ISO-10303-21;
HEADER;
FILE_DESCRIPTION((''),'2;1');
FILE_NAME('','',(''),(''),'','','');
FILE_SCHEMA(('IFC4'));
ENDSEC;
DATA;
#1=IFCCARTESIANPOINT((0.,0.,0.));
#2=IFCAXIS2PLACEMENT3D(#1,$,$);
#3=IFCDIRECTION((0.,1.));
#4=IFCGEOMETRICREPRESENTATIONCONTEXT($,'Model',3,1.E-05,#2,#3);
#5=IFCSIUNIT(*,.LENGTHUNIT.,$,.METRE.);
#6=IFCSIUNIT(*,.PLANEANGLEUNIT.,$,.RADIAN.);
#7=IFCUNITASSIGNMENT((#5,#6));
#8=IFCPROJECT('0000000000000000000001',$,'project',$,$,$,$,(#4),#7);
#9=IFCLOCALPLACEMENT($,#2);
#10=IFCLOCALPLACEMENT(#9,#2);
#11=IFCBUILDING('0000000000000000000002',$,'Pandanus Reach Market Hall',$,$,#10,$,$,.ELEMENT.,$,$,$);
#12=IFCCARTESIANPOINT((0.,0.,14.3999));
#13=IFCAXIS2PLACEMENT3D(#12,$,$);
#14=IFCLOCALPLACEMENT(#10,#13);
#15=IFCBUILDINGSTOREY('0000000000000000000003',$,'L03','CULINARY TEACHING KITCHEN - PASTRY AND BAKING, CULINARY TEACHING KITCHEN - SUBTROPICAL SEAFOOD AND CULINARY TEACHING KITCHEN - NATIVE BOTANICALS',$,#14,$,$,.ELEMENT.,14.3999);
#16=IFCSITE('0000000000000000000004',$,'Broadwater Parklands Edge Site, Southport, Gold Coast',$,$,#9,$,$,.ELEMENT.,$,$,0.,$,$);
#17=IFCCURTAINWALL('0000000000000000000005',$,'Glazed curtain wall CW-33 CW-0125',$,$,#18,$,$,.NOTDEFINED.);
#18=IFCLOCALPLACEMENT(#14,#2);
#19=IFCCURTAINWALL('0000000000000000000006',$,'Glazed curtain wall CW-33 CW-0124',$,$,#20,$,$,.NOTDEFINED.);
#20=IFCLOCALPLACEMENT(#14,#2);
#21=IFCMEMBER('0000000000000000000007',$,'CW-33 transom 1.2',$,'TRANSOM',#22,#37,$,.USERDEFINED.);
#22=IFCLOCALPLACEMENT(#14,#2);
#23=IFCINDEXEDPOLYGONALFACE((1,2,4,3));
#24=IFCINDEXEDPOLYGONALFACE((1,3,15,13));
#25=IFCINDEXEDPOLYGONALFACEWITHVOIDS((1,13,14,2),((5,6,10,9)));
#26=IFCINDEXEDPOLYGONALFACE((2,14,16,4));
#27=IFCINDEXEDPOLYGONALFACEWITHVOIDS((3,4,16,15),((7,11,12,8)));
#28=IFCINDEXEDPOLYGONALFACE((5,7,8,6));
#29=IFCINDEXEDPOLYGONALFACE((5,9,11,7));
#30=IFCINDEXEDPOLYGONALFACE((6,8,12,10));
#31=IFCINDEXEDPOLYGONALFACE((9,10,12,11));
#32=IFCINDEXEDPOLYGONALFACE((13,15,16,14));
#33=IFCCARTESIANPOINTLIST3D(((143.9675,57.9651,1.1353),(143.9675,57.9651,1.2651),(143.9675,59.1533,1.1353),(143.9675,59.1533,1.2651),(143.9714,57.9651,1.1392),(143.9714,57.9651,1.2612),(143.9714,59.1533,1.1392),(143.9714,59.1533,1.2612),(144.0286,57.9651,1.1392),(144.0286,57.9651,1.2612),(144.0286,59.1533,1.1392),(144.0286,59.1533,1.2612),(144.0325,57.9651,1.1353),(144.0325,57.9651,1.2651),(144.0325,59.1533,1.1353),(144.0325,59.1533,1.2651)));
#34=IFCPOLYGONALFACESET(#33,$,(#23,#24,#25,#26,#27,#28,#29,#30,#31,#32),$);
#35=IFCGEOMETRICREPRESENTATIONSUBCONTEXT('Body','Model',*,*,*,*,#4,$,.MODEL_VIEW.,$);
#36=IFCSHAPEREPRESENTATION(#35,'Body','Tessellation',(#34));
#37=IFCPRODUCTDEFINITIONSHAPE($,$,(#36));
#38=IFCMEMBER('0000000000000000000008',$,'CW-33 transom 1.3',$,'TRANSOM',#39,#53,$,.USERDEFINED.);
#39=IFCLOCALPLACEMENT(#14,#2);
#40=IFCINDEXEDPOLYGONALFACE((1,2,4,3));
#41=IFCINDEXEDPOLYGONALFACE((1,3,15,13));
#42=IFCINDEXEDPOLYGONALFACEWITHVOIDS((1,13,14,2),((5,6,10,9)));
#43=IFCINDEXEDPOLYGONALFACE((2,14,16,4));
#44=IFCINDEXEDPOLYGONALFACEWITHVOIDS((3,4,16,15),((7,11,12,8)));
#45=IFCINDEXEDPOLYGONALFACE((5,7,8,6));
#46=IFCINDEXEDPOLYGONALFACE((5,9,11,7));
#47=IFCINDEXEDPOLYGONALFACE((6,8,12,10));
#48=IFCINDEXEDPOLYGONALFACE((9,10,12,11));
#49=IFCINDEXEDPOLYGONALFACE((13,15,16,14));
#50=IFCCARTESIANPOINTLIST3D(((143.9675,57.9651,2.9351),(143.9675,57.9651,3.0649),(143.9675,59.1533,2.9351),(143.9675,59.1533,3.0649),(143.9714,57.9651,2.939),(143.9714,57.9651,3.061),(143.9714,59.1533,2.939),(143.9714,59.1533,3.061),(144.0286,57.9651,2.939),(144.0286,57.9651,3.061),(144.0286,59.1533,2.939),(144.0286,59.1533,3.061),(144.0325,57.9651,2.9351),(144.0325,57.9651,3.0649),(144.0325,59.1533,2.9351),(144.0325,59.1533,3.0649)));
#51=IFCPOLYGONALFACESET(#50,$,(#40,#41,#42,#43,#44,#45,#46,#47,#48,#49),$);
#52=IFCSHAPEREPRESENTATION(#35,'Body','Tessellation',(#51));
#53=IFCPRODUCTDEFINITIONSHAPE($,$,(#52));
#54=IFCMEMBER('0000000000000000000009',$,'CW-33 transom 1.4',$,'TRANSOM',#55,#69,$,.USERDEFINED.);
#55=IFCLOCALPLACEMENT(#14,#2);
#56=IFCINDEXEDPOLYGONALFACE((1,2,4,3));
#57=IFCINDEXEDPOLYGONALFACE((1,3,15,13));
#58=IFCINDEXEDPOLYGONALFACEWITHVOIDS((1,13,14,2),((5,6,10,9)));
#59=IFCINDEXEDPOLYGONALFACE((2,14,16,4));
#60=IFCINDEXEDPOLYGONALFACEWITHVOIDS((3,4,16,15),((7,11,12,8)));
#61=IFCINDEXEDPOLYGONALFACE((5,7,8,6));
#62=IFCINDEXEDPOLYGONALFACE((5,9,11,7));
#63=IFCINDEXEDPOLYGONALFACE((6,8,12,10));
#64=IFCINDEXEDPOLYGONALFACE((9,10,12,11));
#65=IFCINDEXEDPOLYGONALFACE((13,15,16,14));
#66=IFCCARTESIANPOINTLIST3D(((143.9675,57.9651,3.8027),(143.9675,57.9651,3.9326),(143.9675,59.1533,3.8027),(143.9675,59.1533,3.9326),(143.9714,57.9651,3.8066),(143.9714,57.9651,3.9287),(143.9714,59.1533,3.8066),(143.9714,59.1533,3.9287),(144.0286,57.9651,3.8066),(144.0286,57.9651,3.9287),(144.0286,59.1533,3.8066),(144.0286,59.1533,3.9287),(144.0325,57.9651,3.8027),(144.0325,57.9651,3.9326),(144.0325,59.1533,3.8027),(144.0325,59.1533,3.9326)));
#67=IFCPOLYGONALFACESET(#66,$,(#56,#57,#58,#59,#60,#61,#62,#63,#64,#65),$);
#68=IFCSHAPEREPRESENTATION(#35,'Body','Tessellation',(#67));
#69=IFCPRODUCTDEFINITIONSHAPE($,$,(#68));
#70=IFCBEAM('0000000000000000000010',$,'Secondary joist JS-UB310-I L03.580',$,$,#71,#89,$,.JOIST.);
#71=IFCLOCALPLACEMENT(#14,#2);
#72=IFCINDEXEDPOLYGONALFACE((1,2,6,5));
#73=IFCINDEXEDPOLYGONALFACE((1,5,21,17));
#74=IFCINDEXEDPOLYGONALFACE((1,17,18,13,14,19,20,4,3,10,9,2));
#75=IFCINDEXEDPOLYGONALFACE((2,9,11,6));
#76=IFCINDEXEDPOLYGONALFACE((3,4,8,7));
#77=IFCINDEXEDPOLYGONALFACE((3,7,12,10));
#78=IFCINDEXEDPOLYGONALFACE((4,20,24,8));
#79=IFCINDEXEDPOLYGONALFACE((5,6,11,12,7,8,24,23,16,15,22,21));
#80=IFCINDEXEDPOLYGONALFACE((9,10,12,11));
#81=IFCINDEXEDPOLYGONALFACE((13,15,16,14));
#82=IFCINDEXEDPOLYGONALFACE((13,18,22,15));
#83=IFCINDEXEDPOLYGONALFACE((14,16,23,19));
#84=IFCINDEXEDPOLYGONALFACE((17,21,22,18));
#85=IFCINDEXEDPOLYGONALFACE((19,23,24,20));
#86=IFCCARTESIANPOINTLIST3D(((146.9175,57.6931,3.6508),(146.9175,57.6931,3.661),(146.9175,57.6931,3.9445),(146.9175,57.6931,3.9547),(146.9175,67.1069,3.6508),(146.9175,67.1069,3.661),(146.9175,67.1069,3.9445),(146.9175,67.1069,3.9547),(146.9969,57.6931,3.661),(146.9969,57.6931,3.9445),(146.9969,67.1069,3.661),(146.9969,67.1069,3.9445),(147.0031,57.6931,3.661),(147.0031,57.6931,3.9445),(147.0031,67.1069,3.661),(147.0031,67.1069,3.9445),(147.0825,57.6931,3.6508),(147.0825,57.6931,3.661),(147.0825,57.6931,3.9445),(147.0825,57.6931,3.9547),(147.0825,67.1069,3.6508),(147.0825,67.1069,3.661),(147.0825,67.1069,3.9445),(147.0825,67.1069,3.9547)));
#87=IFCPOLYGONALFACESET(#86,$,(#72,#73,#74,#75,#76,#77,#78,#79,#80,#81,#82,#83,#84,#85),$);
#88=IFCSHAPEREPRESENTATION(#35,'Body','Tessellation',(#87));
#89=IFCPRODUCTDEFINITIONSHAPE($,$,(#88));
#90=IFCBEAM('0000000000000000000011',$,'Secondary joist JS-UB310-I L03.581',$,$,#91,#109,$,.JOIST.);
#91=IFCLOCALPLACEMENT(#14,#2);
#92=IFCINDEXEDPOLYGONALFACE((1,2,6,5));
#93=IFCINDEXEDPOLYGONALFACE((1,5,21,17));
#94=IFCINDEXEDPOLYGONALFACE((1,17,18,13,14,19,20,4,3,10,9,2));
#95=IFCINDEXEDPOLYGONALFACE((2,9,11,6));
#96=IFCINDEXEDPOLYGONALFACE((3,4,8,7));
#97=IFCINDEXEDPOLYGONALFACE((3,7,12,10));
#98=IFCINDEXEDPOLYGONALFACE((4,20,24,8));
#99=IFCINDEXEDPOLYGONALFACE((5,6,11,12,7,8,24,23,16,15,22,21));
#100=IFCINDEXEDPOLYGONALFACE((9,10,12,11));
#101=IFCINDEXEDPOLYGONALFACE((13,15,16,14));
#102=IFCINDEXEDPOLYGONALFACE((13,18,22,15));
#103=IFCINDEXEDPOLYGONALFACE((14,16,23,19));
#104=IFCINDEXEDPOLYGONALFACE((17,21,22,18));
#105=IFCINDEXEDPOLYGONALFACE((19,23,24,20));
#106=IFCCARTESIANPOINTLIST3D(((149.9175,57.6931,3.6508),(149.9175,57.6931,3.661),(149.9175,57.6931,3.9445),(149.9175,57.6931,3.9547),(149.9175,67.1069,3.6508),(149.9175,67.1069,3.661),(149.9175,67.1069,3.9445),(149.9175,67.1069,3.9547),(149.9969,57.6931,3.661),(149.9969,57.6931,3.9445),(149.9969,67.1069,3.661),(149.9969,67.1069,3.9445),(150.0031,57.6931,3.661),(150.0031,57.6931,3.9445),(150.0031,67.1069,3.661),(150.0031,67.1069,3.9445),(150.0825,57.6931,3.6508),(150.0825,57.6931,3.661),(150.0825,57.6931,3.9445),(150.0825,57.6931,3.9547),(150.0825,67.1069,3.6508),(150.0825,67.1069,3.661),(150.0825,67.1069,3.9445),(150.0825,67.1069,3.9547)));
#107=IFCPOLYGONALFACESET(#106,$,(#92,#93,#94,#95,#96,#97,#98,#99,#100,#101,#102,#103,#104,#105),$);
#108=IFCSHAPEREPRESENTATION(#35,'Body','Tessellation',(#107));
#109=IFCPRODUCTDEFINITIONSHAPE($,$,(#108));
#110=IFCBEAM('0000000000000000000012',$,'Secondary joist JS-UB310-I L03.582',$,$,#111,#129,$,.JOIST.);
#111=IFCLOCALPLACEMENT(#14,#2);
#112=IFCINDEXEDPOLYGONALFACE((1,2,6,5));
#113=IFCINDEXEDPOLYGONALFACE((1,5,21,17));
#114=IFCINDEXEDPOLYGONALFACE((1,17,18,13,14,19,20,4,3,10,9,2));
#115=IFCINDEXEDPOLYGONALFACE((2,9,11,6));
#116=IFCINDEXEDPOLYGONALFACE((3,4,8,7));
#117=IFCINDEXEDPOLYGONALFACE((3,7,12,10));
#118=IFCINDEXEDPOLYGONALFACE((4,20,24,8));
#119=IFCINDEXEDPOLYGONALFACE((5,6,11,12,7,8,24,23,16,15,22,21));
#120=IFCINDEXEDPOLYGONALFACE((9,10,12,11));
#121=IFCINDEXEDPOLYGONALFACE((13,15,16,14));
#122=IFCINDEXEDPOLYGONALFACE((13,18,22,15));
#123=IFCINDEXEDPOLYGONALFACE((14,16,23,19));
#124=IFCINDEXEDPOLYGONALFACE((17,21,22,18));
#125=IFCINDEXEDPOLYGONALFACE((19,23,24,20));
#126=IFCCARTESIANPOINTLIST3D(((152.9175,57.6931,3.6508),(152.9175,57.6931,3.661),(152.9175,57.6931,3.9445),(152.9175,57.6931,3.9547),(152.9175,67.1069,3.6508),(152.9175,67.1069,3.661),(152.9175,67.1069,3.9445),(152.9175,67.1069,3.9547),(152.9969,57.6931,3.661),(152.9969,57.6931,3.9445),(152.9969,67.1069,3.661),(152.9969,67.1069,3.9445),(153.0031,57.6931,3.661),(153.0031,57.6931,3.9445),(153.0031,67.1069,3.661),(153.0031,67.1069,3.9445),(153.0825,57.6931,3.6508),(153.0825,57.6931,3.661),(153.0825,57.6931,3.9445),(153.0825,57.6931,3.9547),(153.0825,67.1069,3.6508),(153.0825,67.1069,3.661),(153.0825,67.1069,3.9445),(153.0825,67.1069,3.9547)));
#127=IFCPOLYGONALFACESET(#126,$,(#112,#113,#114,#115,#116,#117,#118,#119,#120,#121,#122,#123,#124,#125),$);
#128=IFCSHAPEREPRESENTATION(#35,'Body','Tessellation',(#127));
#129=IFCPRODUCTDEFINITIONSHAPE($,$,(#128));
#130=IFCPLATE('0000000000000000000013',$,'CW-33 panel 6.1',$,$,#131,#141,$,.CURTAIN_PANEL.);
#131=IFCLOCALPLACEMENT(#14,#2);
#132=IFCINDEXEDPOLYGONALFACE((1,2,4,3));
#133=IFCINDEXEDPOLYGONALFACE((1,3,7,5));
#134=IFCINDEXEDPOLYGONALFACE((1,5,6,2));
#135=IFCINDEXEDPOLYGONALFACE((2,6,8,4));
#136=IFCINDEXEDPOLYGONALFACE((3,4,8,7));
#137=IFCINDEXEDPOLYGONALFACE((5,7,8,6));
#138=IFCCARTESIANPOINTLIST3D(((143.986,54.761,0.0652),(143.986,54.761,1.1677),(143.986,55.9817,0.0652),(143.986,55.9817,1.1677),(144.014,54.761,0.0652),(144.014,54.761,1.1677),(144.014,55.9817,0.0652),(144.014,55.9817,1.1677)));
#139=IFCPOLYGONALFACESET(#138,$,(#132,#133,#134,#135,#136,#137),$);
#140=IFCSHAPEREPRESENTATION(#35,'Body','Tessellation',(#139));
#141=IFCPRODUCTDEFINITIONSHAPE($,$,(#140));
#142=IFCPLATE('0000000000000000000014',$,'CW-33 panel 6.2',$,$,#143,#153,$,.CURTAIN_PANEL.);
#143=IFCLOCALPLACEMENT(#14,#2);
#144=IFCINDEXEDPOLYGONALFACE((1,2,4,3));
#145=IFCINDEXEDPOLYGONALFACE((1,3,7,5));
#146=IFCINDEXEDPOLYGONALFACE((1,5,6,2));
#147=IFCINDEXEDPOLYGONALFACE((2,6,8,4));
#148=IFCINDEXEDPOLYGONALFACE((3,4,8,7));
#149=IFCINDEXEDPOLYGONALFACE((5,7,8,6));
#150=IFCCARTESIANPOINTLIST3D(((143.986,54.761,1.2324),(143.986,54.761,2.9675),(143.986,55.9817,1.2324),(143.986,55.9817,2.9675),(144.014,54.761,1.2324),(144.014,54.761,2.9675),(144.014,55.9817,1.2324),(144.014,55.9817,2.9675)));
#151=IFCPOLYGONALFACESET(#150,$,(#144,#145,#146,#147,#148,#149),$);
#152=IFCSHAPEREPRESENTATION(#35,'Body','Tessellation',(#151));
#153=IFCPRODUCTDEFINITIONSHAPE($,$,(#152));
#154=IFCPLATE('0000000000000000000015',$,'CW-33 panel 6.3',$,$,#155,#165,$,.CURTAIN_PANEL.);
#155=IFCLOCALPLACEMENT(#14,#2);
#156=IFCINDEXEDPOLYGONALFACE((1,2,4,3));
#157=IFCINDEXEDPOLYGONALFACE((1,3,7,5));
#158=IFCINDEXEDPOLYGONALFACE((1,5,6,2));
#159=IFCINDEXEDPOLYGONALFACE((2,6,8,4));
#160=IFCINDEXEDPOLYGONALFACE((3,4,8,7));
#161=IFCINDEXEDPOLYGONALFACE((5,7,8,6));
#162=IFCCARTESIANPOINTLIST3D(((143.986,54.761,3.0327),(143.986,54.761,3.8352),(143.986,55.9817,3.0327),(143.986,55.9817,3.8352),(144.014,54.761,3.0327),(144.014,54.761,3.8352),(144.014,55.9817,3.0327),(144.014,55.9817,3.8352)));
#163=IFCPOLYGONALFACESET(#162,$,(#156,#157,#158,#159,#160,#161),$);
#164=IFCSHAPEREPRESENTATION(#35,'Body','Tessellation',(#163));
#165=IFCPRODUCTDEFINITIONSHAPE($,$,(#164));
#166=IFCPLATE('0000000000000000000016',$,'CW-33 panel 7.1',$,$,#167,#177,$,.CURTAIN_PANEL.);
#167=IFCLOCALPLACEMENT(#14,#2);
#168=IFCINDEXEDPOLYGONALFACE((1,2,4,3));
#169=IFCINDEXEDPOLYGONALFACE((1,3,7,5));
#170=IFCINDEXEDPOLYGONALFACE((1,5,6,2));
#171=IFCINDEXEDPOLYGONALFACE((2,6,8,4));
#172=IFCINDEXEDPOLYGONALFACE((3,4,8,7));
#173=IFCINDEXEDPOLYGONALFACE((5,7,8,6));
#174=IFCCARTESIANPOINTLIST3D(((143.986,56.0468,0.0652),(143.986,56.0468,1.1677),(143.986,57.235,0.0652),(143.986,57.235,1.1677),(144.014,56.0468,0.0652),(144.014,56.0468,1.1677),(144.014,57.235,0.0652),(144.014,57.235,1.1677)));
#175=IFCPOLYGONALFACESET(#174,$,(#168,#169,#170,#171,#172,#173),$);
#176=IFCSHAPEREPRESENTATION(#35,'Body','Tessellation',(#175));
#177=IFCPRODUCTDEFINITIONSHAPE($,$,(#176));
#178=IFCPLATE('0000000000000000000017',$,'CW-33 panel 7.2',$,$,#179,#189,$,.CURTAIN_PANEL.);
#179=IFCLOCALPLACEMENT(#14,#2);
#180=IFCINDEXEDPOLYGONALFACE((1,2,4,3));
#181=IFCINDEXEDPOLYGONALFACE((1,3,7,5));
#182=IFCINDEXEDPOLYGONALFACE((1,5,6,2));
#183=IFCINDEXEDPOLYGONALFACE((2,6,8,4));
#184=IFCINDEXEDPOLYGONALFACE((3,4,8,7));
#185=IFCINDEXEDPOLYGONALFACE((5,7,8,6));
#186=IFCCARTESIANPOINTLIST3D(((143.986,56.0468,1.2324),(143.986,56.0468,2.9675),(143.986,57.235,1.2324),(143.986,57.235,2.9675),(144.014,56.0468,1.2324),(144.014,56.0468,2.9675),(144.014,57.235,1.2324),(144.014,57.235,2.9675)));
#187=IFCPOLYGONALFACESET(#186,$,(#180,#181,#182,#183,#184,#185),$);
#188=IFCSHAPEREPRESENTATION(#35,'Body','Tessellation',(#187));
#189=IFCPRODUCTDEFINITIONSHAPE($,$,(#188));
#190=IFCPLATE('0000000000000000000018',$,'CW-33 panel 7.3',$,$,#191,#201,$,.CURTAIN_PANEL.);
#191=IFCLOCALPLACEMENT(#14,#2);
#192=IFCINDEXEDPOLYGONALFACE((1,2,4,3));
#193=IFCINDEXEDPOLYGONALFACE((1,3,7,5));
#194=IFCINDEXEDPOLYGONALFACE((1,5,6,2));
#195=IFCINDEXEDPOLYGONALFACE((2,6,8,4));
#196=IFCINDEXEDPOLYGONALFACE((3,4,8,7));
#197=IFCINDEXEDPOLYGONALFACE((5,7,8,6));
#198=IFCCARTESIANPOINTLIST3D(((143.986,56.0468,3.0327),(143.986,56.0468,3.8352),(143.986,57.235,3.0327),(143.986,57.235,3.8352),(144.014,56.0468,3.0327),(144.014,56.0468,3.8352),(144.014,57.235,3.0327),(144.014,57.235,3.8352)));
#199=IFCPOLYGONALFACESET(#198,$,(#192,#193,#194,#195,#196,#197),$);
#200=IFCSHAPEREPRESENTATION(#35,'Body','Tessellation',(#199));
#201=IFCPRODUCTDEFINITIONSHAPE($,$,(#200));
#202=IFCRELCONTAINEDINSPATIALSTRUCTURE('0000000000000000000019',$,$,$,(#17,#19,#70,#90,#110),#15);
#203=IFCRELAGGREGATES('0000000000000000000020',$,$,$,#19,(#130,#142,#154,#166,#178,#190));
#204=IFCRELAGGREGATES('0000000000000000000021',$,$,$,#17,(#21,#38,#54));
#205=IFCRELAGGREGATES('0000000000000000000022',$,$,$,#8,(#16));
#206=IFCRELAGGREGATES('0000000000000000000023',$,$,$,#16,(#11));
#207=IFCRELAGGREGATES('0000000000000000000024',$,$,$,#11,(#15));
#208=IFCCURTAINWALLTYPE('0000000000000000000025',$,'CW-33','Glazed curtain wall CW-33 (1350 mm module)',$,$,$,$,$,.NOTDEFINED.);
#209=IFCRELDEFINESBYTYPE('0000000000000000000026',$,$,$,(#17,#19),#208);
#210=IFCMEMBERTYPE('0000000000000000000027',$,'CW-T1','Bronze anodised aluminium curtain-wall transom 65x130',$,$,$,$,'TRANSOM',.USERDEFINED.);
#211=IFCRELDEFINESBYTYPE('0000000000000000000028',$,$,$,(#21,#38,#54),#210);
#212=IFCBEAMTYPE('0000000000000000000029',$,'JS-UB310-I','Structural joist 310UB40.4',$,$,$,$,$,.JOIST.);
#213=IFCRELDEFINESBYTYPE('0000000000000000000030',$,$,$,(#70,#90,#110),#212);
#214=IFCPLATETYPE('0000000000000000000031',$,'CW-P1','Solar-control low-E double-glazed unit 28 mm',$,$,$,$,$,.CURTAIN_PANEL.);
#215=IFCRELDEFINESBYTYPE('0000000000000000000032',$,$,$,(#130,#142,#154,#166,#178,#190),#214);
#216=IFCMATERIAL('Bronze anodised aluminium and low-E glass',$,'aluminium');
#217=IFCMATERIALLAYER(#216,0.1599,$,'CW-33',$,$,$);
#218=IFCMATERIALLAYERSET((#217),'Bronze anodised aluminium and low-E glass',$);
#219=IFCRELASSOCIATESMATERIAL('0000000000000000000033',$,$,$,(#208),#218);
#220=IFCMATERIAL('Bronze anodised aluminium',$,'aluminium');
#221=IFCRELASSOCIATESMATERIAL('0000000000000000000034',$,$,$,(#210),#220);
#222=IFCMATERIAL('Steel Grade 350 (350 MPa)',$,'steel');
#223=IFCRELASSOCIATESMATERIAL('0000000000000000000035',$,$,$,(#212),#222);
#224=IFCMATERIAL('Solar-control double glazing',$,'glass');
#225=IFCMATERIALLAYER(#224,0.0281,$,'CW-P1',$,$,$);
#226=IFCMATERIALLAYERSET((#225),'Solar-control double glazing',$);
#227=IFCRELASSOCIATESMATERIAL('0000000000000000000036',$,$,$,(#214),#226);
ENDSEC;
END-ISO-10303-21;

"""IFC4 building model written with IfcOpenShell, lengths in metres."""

from ifc_helpers import new_model, si_unit, direction, frame, origin, origin_2d, place, context, subcontext, project, spatial, rectangle, hollow_rectangle, i_section, extrude, material, layer, layer_set, material_profile, profile_set, type_object, element, aggregate, save


model = new_model("IFC4")

# Units and contexts
model_context = context("Model", 3, precision=1e-05, world=origin(), true_north=direction((0.0, 1.0)))
body_context = subcontext(model_context, "Body", "Model", "MODEL_VIEW")
ifc_project = project(units=[si_unit("LENGTHUNIT", "METRE"), si_unit("PLANEANGLEUNIT", "RADIAN")], contexts=[model_context])

# Site, building, storey
site_placement = place(None, origin())
site = spatial("IfcSite", under=ifc_project, at=site_placement, Name="Broadwater Parklands Edge Site, Southport, Gold Coast", CompositionType="ELEMENT", RefElevation=0.0)
building_placement = place(site_placement, origin())
building = spatial("IfcBuilding", under=site, at=building_placement, Name="Pandanus Reach Market Hall", CompositionType="ELEMENT")
storey_placement = place(building_placement, frame((0.0, 0.0, 14.3999)))
storey = spatial("IfcBuildingStorey", under=building, at=storey_placement, Name="L03", Description="CULINARY TEACHING KITCHEN - PASTRY AND BAKING, CULINARY TEACHING KITCHEN - SUBTROPICAL SEAFOOD AND CULINARY TEACHING KITCHEN - NATIVE BOTANICALS", CompositionType="ELEMENT", Elevation=14.3999)

# Shared definitions
ifc_material_1 = material(Name="Steel Grade 350 (350 MPa)", Category="steel")

# Curtain wall
ifc_material_2 = material(Name="Bronze anodised aluminium and low-E glass", Category="aluminium")
ifc_layer_1 = layer(ifc_material_2, 0.1599, Name="CW-33")
ifc_layer_set_1 = layer_set([ifc_layer_1], Name="Bronze anodised aluminium and low-E glass")
curtain_wall_type = type_object("IfcCurtainWallType", Name="CW-33", Description="Glazed curtain wall CW-33 (1350 mm module)", PredefinedType="NOTDEFINED", material=ifc_layer_set_1)
curtain_wall_1_placement = place(storey_placement, origin())
curtain_wall_1 = element("IfcCurtainWall", 1, at=curtain_wall_1_placement, inside=storey, type_object=curtain_wall_type, Name="Glazed curtain wall CW-33 CW-0125", PredefinedType="NOTDEFINED")
ifc_material_3 = material(Name="Bronze anodised aluminium", Category="aluminium")

# Curtain wall
curtain_wall_2_placement = place(storey_placement, origin())
curtain_wall_2 = element("IfcCurtainWall", 2, at=curtain_wall_2_placement, inside=storey, type_object=curtain_wall_type, Name="Glazed curtain wall CW-33 CW-0124", PredefinedType="NOTDEFINED")
ifc_material_profile_1 = material_profile(ifc_material_3, hollow_rectangle(XDim=0.0649, YDim=0.1299, WallThickness=0.0039, at=origin_2d()), Name="ALU65x130", Category="LoadBearing")
ifc_profile_set_1 = profile_set([ifc_material_profile_1], Name="Bronze anodised aluminium")
member_type_1 = type_object("IfcMemberType", Name="CW-T1", Description="Bronze anodised aluminium curtain-wall transom 65x130", ElementType="TRANSOM", PredefinedType="USERDEFINED", material=ifc_profile_set_1)

# Members
member_1_placement = place(storey_placement, frame((144.0, 57.9651, 1.2002), z_axis=(0.0, 1.0, 0.0), x_axis=(-1.0, 0.0, 0.0)))
member_1 = element("IfcMember", 3, at=member_1_placement, type_object=member_type_1, Name="CW-33 transom 1.2", ObjectType="TRANSOM", PredefinedType="USERDEFINED", context=body_context, shape_type="SweptSolid", body=[
    extrude(hollow_rectangle(XDim=0.0649, YDim=0.1299, WallThickness=0.0039, at=origin_2d()), origin(), (0.0, 0.0, 1.0), 1.1882),
])
member_2_placement = place(storey_placement, frame((144.0, 57.9651, 3.0), z_axis=(0.0, 1.0, 0.0), x_axis=(-1.0, 0.0, 0.0)))
member_2 = element("IfcMember", 4, at=member_2_placement, type_object=member_type_1, Name="CW-33 transom 1.3", ObjectType="TRANSOM", PredefinedType="USERDEFINED", context=body_context, shape_type="SweptSolid", body=[
    extrude(hollow_rectangle(XDim=0.0649, YDim=0.1299, WallThickness=0.0039, at=origin_2d()), origin(), (0.0, 0.0, 1.0), 1.1882),
])
member_3_placement = place(storey_placement, frame((144.0, 57.9651, 3.8677), z_axis=(0.0, 1.0, 0.0), x_axis=(-1.0, 0.0, 0.0)))
member_3 = element("IfcMember", 5, at=member_3_placement, type_object=member_type_1, Name="CW-33 transom 1.4", ObjectType="TRANSOM", PredefinedType="USERDEFINED", context=body_context, shape_type="SweptSolid", body=[
    extrude(hollow_rectangle(XDim=0.0649, YDim=0.1299, WallThickness=0.0039, at=origin_2d()), origin(), (0.0, 0.0, 1.0), 1.1882),
])

# Beams
ifc_material_profile_2 = material_profile(ifc_material_1, i_section(OverallWidth=0.165, OverallDepth=0.304, WebThickness=0.0061, FlangeThickness=0.0103, at=origin_2d()), Name="310UB40.4", Category="LoadBearing")
ifc_profile_set_2 = profile_set([ifc_material_profile_2], Name="Steel Grade 350 (350 MPa)")
beam_type_1 = type_object("IfcBeamType", Name="JS-UB310-I", Description="Structural joist 310UB40.4", PredefinedType="JOIST", material=ifc_profile_set_2)
for number, where, z_axis, x_axis, name in (
    (6, (147.0, 57.6931, 3.8027), (0.0, 1.0, 0.0), (-1.0, 0.0, 0.0), "Secondary joist JS-UB310-I L03.580"),
    (7, (150.0, 57.6931, 3.8027), (0.0, 1.0, 0.0), (-1.0, 0.0, 0.0), "Secondary joist JS-UB310-I L03.581"),
    (8, (153.0, 57.6931, 3.8027), (0.0, 1.0, 0.0), (-1.0, 0.0, 0.0), "Secondary joist JS-UB310-I L03.582"),
):
    element("IfcBeam", number, at=place(storey_placement, frame(where, z_axis=z_axis, x_axis=x_axis)), inside=storey, type_object=beam_type_1, Name=name, PredefinedType="JOIST", context=body_context, shape_type="SweptSolid", body=[
        extrude(i_section(OverallWidth=0.165, OverallDepth=0.304, WebThickness=0.0061, FlangeThickness=0.0103, at=origin_2d()), origin(), (0.0, 0.0, 1.0), 9.4138),
    ])

# Plates
ifc_material_4 = material(Name="Solar-control double glazing", Category="glass")
ifc_layer_2 = layer(ifc_material_4, 0.0281, Name="CW-P1")
ifc_layer_set_2 = layer_set([ifc_layer_2], Name="Solar-control double glazing")
plate_type = type_object("IfcPlateType", Name="CW-P1", Description="Solar-control low-E double-glazed unit 28 mm", PredefinedType="CURTAIN_PANEL", material=ifc_layer_set_2)
plate_1_placement = place(storey_placement, frame((144.0, 55.3713, 0.0652), z_axis=(0.0, 0.0, 1.0), x_axis=(0.0, 1.0, 0.0)))
plate_1 = element("IfcPlate", 9, at=plate_1_placement, type_object=plate_type, Name="CW-33 panel 6.1", PredefinedType="CURTAIN_PANEL", context=body_context, shape_type="SweptSolid", body=[
    extrude(rectangle(XDim=1.2207, YDim=0.0281, at=origin_2d()), origin(), (0.0, 0.0, 1.0), 1.1025),
])
plate_2_placement = place(storey_placement, frame((144.0, 55.3713, 1.2324), z_axis=(0.0, 0.0, 1.0), x_axis=(0.0, 1.0, 0.0)))
plate_2 = element("IfcPlate", 10, at=plate_2_placement, type_object=plate_type, Name="CW-33 panel 6.2", PredefinedType="CURTAIN_PANEL", context=body_context, shape_type="SweptSolid", body=[
    extrude(rectangle(XDim=1.2207, YDim=0.0281, at=origin_2d()), origin(), (0.0, 0.0, 1.0), 1.7351),
])
plate_3_placement = place(storey_placement, frame((144.0, 55.3713, 3.0327), z_axis=(0.0, 0.0, 1.0), x_axis=(0.0, 1.0, 0.0)))
plate_3 = element("IfcPlate", 11, at=plate_3_placement, type_object=plate_type, Name="CW-33 panel 6.3", PredefinedType="CURTAIN_PANEL", context=body_context, shape_type="SweptSolid", body=[
    extrude(rectangle(XDim=1.2207, YDim=0.0281, at=origin_2d()), origin(), (0.0, 0.0, 1.0), 0.8025),
])
plate_4_placement = place(storey_placement, frame((144.0, 56.6409, 0.0652), z_axis=(0.0, 0.0, 1.0), x_axis=(0.0, 1.0, 0.0)))
plate_4 = element("IfcPlate", 12, at=plate_4_placement, type_object=plate_type, Name="CW-33 panel 7.1", PredefinedType="CURTAIN_PANEL", context=body_context, shape_type="SweptSolid", body=[
    extrude(rectangle(XDim=1.1882, YDim=0.0281, at=origin_2d()), origin(), (0.0, 0.0, 1.0), 1.1025),
])
plate_5_placement = place(storey_placement, frame((144.0, 56.6409, 1.2324), z_axis=(0.0, 0.0, 1.0), x_axis=(0.0, 1.0, 0.0)))
plate_5 = element("IfcPlate", 13, at=plate_5_placement, type_object=plate_type, Name="CW-33 panel 7.2", PredefinedType="CURTAIN_PANEL", context=body_context, shape_type="SweptSolid", body=[
    extrude(rectangle(XDim=1.1882, YDim=0.0281, at=origin_2d()), origin(), (0.0, 0.0, 1.0), 1.7351),
])
plate_6_placement = place(storey_placement, frame((144.0, 56.6409, 3.0327), z_axis=(0.0, 0.0, 1.0), x_axis=(0.0, 1.0, 0.0)))
plate_6 = element("IfcPlate", 14, at=plate_6_placement, type_object=plate_type, Name="CW-33 panel 7.3", PredefinedType="CURTAIN_PANEL", context=body_context, shape_type="SweptSolid", body=[
    extrude(rectangle(XDim=1.1882, YDim=0.0281, at=origin_2d()), origin(), (0.0, 0.0, 1.0), 0.8025),
])
aggregate(curtain_wall_2, [plate_1, plate_2, plate_3, plate_4, plate_5, plate_6])
aggregate(curtain_wall_1, [member_1, member_2, member_3])

save(model, "model.ifc")
